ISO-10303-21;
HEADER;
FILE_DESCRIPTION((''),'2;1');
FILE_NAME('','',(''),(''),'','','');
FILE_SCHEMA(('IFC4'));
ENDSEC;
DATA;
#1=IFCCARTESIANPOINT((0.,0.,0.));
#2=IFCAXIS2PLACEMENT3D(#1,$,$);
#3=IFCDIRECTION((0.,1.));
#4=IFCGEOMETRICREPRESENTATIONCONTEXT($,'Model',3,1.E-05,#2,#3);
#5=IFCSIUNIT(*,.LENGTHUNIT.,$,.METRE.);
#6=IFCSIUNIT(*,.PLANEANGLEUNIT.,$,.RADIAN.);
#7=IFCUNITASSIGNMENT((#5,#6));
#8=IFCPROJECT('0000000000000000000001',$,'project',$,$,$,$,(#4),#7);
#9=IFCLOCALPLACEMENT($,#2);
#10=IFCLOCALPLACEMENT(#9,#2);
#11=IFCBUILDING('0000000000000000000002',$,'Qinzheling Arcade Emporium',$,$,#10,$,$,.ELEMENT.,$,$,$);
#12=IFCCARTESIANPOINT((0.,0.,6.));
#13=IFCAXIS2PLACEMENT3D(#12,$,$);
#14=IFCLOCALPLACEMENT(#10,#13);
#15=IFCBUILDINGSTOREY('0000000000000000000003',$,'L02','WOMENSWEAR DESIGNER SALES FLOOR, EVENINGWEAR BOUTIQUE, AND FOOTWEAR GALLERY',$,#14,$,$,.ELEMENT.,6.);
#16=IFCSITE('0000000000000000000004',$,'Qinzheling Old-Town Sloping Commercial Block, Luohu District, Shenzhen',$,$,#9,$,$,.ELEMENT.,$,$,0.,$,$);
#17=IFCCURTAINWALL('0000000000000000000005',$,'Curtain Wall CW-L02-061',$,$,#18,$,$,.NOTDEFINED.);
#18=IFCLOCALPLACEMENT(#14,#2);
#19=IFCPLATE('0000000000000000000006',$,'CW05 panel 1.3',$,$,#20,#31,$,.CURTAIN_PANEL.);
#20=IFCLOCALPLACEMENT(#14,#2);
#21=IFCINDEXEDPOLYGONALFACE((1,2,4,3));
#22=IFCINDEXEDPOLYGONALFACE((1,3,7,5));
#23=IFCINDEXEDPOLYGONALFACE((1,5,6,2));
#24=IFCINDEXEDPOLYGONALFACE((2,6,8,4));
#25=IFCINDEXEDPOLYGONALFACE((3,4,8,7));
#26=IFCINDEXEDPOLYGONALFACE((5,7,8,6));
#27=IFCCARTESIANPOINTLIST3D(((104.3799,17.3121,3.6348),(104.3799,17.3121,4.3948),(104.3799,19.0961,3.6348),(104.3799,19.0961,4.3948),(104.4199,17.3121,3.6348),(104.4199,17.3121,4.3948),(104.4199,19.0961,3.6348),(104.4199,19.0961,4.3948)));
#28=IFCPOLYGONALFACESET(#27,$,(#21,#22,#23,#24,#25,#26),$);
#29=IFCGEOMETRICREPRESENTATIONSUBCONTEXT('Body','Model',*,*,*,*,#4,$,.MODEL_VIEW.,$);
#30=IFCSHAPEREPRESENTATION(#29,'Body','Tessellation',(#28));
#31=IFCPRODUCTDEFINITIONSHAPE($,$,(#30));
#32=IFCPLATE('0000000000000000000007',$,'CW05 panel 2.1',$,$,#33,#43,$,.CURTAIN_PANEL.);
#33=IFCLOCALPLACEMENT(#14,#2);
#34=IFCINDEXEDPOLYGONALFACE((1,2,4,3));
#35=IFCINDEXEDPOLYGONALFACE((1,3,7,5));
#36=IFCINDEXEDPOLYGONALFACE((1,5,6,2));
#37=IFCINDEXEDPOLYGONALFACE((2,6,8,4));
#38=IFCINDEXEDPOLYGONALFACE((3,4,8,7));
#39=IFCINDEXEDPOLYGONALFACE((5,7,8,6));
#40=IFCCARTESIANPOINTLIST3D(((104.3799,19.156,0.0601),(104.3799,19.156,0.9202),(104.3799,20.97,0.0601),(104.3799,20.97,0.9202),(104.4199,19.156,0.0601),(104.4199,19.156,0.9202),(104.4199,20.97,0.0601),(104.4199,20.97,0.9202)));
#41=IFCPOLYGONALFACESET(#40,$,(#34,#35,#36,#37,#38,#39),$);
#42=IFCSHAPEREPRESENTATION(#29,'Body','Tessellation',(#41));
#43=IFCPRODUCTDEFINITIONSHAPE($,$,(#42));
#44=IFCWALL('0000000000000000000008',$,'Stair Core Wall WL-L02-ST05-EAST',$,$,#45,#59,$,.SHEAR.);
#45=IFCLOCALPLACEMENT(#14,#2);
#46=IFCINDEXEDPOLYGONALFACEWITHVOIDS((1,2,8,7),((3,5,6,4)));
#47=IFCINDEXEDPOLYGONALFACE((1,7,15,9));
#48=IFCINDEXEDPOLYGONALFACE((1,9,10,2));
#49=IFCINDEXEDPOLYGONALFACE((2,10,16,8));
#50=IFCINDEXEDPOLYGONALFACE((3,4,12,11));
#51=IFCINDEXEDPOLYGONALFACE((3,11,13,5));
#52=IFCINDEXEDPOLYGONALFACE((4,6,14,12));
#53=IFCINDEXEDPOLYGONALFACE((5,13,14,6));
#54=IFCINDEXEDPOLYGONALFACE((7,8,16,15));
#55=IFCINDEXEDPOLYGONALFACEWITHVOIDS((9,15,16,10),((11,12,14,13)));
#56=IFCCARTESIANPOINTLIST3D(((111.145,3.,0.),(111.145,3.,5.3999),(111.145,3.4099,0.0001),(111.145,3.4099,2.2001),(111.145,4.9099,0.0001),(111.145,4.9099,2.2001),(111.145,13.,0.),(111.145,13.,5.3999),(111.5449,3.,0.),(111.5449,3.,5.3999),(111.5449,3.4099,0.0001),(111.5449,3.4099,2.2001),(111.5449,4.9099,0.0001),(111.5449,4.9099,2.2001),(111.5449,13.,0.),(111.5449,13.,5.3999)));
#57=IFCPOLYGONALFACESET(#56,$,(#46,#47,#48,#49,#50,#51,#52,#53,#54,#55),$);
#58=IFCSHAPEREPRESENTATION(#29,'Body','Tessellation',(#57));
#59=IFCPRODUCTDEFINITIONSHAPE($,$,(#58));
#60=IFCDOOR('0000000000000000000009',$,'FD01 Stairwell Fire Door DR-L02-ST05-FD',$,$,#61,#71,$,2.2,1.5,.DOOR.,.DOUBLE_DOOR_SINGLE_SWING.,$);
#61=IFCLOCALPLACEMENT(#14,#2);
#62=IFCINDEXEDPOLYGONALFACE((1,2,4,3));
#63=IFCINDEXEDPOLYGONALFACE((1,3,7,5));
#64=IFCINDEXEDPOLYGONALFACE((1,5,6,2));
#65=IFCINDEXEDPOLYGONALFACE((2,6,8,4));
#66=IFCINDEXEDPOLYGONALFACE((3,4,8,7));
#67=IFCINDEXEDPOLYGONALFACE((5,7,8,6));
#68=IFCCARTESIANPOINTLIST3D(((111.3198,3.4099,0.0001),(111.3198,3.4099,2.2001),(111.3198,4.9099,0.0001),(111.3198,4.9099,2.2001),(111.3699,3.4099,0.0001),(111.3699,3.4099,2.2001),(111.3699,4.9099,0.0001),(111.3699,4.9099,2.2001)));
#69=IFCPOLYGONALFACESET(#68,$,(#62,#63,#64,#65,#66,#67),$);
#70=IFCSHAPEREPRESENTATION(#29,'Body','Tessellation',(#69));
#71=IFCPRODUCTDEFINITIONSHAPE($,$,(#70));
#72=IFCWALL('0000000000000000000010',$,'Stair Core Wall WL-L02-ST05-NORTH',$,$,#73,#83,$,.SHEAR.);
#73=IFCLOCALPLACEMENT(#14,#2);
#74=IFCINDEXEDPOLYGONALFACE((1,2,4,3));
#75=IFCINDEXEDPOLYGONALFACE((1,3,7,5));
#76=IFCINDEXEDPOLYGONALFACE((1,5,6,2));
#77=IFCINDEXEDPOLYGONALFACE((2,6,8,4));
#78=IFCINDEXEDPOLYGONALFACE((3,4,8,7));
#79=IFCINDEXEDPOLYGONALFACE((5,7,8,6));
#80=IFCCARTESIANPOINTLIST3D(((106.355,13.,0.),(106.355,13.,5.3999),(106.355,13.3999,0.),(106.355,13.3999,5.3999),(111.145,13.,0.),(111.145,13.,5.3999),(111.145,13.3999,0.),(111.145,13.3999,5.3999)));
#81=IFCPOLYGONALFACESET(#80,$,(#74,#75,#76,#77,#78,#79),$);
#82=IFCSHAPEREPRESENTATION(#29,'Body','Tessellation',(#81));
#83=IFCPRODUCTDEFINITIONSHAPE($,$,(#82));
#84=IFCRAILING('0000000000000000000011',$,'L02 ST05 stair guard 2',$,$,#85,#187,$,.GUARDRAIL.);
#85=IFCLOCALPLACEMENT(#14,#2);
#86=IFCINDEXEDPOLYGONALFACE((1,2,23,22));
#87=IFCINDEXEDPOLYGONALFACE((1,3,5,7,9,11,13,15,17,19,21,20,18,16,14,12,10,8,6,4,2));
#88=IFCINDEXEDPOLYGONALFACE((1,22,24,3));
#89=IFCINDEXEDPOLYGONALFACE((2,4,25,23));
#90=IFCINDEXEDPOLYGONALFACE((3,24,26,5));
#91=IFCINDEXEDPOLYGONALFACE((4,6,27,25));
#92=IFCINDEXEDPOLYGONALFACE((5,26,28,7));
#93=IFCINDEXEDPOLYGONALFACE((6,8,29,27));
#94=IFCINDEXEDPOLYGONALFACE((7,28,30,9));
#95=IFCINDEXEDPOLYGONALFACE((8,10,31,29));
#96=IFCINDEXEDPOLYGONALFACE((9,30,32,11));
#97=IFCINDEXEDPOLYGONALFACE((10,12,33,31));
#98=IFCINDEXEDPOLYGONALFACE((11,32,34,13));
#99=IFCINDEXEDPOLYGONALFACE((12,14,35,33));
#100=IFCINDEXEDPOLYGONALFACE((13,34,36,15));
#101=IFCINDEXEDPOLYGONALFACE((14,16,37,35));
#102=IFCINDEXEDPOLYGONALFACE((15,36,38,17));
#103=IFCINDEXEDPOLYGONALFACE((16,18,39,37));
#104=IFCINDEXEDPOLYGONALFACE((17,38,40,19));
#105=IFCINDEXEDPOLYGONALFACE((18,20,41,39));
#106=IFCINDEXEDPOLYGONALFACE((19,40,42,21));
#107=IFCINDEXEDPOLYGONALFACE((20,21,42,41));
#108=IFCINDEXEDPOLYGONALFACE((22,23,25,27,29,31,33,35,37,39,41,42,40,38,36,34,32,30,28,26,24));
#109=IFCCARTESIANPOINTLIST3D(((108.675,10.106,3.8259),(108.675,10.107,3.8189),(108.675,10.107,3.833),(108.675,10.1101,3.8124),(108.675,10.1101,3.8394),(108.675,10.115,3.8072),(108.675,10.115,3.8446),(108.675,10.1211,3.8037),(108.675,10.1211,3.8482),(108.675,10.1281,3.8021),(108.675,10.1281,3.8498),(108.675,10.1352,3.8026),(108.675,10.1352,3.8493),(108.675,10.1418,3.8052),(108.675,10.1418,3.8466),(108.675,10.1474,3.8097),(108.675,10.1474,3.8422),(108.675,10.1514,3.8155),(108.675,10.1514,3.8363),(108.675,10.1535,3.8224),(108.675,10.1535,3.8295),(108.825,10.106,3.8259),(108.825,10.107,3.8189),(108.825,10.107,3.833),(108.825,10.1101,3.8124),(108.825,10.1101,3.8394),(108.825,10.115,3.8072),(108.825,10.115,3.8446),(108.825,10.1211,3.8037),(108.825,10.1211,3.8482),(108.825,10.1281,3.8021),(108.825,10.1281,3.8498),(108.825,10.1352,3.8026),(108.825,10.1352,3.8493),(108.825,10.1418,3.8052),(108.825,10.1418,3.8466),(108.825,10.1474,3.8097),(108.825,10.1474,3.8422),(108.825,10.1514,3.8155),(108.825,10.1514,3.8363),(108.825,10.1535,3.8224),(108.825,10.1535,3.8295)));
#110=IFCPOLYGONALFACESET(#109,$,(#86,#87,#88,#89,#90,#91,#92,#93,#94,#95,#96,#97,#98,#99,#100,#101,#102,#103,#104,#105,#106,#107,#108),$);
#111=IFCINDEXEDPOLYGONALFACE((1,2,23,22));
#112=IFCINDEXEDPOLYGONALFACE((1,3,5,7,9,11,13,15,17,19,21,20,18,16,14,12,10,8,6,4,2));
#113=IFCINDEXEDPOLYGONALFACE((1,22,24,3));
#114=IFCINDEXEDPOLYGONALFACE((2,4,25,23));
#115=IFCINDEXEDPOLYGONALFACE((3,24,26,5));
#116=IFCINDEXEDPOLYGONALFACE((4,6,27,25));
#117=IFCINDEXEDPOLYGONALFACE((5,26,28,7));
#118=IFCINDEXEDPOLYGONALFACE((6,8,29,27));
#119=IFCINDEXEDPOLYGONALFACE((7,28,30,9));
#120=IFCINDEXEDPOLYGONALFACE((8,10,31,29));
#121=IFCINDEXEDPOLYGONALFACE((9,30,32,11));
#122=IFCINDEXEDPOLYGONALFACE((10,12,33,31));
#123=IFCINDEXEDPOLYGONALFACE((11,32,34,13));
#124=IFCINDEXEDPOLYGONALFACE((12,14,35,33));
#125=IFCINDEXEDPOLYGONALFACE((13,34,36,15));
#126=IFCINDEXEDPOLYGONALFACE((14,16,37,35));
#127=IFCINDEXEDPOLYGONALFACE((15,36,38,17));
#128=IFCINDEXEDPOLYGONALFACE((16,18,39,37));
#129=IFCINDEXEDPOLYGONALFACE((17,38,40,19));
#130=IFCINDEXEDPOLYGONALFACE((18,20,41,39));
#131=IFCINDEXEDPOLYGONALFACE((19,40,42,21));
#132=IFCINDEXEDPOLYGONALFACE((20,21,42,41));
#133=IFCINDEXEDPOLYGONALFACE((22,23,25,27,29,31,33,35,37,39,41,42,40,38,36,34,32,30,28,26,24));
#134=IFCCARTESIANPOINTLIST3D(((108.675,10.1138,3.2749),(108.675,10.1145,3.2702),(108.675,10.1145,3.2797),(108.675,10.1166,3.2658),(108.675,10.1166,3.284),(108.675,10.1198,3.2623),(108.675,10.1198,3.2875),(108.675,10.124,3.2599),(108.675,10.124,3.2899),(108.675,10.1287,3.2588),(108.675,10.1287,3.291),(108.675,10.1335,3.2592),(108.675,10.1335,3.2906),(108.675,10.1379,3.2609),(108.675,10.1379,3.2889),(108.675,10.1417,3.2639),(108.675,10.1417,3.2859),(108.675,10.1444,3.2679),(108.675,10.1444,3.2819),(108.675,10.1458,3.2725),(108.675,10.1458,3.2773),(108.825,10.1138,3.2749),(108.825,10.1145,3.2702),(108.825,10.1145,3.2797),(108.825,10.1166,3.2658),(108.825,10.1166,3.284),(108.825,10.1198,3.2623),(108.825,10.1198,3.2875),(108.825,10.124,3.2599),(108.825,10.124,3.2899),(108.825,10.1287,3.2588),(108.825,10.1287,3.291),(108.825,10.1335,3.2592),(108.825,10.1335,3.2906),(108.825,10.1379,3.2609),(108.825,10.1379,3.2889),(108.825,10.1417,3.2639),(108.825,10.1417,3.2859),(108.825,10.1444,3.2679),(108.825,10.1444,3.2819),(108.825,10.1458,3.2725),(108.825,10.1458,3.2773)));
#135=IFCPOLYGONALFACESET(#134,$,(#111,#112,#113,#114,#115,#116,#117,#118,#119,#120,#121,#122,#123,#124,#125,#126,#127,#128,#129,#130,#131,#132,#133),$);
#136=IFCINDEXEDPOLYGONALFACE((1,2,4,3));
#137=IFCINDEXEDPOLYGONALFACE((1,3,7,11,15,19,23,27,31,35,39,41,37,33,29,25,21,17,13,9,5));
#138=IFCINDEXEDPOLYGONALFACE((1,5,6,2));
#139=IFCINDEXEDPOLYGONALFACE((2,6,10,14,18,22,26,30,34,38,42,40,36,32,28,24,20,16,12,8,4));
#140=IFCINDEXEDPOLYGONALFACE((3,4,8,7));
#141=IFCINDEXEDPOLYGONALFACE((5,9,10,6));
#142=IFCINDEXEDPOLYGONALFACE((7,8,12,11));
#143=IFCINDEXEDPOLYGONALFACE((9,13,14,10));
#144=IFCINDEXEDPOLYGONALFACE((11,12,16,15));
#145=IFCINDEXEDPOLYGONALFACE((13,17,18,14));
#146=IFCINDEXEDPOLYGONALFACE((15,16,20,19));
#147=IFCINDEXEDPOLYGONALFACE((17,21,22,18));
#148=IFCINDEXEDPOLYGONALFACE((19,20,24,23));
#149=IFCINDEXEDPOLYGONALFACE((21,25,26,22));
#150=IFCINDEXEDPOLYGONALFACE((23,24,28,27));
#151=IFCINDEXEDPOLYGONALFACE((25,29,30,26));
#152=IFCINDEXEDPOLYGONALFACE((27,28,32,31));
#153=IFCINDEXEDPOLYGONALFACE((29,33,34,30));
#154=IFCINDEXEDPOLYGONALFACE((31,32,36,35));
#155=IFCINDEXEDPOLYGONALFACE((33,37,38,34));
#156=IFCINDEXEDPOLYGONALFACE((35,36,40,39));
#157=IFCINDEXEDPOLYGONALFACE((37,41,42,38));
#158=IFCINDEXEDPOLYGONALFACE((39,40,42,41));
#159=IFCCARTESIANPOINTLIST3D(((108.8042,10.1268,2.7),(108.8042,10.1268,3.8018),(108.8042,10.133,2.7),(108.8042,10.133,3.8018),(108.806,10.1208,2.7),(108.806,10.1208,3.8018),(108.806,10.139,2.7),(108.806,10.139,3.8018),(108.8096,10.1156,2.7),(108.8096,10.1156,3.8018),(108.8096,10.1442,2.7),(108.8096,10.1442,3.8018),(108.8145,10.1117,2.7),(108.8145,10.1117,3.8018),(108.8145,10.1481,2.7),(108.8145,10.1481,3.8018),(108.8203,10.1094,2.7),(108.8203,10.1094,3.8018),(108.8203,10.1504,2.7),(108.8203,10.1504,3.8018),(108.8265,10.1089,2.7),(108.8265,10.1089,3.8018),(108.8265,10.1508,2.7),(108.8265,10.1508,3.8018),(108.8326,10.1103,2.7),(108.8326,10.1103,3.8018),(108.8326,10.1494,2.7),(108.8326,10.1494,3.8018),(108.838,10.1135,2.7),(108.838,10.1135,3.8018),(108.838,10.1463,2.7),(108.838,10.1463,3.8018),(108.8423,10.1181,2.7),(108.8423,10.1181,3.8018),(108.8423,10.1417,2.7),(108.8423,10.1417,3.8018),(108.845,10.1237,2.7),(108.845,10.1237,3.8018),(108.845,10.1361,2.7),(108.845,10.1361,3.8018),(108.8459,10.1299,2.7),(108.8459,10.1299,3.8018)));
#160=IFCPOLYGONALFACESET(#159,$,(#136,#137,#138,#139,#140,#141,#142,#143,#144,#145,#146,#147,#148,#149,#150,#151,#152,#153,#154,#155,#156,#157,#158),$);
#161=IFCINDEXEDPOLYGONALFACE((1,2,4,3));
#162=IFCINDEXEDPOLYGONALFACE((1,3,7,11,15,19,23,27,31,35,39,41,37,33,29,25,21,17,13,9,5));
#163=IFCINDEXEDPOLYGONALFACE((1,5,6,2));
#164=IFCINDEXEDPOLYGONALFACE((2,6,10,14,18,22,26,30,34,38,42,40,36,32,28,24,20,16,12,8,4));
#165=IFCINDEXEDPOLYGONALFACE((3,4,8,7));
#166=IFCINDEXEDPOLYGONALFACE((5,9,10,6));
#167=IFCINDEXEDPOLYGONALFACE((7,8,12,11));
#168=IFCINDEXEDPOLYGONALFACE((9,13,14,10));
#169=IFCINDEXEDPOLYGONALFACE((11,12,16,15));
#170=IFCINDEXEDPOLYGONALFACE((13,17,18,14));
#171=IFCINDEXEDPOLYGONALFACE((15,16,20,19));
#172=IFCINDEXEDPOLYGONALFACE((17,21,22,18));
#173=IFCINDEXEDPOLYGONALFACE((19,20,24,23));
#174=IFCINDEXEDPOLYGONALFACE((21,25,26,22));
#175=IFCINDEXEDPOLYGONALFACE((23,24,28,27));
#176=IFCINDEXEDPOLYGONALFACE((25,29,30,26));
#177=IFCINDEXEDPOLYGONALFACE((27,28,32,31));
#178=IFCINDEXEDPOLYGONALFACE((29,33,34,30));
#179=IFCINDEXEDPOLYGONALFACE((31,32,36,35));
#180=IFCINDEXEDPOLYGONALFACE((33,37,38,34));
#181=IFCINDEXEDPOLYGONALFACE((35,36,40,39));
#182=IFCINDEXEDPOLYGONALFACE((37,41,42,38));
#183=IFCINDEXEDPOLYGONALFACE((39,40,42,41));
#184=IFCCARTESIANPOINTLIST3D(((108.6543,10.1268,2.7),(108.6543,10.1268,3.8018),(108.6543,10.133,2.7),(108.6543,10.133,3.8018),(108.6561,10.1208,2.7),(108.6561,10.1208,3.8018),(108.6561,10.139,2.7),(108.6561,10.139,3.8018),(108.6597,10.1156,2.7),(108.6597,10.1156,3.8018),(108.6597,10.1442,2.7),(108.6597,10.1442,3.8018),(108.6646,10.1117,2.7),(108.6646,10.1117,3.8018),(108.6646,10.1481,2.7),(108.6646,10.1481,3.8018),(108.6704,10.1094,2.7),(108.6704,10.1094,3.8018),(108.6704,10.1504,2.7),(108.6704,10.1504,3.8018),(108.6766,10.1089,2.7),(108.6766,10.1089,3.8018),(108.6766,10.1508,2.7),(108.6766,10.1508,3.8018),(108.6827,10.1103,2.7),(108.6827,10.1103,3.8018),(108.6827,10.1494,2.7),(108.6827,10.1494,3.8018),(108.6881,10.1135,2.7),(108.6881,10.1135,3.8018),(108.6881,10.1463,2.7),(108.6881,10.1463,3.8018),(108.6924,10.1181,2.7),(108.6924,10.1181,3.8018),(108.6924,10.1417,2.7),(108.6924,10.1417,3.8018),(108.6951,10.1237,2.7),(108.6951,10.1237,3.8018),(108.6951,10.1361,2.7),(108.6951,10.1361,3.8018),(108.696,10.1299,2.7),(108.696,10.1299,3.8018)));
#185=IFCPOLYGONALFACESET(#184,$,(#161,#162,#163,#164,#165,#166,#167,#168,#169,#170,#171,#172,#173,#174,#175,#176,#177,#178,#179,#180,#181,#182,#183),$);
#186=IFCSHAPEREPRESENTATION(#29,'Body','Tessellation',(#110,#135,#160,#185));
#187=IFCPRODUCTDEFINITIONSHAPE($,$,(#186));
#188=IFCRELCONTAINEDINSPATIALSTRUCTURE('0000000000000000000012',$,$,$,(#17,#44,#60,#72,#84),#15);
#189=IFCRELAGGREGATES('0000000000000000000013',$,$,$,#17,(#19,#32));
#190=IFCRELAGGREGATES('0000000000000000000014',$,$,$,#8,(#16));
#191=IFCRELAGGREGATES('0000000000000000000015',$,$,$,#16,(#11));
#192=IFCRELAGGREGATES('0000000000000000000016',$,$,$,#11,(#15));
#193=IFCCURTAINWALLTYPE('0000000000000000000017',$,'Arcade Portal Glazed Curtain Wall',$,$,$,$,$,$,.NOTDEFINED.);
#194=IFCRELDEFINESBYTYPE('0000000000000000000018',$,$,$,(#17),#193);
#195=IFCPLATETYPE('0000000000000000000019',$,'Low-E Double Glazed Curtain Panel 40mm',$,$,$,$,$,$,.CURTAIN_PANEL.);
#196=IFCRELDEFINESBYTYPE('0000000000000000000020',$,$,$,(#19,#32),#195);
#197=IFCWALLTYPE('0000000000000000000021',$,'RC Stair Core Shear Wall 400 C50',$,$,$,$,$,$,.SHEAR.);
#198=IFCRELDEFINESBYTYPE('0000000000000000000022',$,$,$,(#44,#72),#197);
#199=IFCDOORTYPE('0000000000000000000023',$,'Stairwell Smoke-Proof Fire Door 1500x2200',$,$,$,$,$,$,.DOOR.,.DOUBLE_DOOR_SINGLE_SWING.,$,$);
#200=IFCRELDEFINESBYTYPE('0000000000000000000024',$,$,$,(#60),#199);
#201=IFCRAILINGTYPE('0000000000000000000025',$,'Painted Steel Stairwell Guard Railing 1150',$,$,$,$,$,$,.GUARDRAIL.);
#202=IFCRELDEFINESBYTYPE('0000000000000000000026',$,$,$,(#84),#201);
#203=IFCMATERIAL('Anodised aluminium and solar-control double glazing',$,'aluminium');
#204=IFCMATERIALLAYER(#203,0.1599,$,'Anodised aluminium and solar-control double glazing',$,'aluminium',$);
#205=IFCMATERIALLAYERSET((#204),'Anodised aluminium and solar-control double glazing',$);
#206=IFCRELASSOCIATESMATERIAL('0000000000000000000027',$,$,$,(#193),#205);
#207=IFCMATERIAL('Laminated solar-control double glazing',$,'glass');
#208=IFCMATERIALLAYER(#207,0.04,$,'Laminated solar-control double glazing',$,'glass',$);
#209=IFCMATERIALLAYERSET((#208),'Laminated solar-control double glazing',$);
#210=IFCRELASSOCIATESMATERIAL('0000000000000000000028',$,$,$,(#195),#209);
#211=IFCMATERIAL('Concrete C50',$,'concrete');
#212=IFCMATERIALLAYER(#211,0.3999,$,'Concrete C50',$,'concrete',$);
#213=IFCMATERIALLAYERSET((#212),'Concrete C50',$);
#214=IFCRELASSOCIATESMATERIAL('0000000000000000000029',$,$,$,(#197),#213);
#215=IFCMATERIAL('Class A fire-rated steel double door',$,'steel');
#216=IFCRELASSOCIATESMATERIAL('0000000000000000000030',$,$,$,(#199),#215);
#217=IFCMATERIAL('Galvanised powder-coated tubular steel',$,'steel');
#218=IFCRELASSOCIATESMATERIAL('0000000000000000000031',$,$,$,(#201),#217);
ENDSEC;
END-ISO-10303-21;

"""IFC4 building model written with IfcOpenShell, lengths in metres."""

from ifc_helpers import new_model, si_unit, direction, frame, frame_2d, origin, origin_2d, place, context, subcontext, project, spatial, rectangle, circle, extrude, material, layer, layer_set, type_object, element, fill, aggregate, save


model = new_model("IFC4")

# Units and contexts
model_context = context("Model", 3, precision=1e-05, world=origin(), true_north=direction((0.0, 1.0)))
body_context = subcontext(model_context, "Body", "Model", "MODEL_VIEW")
ifc_project = project(units=[si_unit("LENGTHUNIT", "METRE"), si_unit("PLANEANGLEUNIT", "RADIAN")], contexts=[model_context])

# Site, building, storey
site_placement = place(None, origin())
site = spatial("IfcSite", under=ifc_project, at=site_placement, Name="Qinzheling Old-Town Sloping Commercial Block, Luohu District, Shenzhen", CompositionType="ELEMENT", RefElevation=0.0)
building_placement = place(site_placement, origin())
building = spatial("IfcBuilding", under=site, at=building_placement, Name="Qinzheling Arcade Emporium", CompositionType="ELEMENT")
storey_placement = place(building_placement, frame((0.0, 0.0, 6.0)))
storey = spatial("IfcBuildingStorey", under=building, at=storey_placement, Name="L02", Description="WOMENSWEAR DESIGNER SALES FLOOR, EVENINGWEAR BOUTIQUE, AND FOOTWEAR GALLERY", CompositionType="ELEMENT", Elevation=6.0)

# Shared definitions
ifc_material_1 = material(Name="Concrete C50", Category="concrete")

# Curtain wall
ifc_material_2 = material(Name="Anodised aluminium and solar-control double glazing", Category="aluminium")
ifc_layer_1 = layer(ifc_material_2, 0.1599, Name="Anodised aluminium and solar-control double glazing", Category="aluminium")
ifc_layer_set_1 = layer_set([ifc_layer_1], Name="Anodised aluminium and solar-control double glazing")
curtain_wall_type = type_object("IfcCurtainWallType", Name="Arcade Portal Glazed Curtain Wall", PredefinedType="NOTDEFINED", material=ifc_layer_set_1)
curtain_wall_placement = place(storey_placement, origin())
curtain_wall = element("IfcCurtainWall", 1, at=curtain_wall_placement, inside=storey, type_object=curtain_wall_type, Name="Curtain Wall CW-L02-061", PredefinedType="NOTDEFINED")

# Plates
ifc_material_3 = material(Name="Laminated solar-control double glazing", Category="glass")
ifc_layer_2 = layer(ifc_material_3, 0.04, Name="Laminated solar-control double glazing", Category="glass")
ifc_layer_set_2 = layer_set([ifc_layer_2], Name="Laminated solar-control double glazing")
plate_type = type_object("IfcPlateType", Name="Low-E Double Glazed Curtain Panel 40mm", PredefinedType="CURTAIN_PANEL", material=ifc_layer_set_2)
plate_1_placement = place(storey_placement, frame((104.3999, 18.2041, 3.6348), z_axis=(0.0, 0.0, 1.0), x_axis=(0.0, 1.0, 0.0)))
plate_1 = element("IfcPlate", 2, at=plate_1_placement, type_object=plate_type, Name="CW05 panel 1.3", PredefinedType="CURTAIN_PANEL", context=body_context, shape_type="SweptSolid", body=[
    extrude(rectangle(XDim=1.7839, YDim=0.04, at=origin_2d()), origin(), (0.0, 0.0, 1.0), 0.76),
])
plate_2_placement = place(storey_placement, frame((104.3999, 20.063, 0.0601), z_axis=(0.0, 0.0, 1.0), x_axis=(0.0, 1.0, 0.0)))
plate_2 = element("IfcPlate", 3, at=plate_2_placement, type_object=plate_type, Name="CW05 panel 2.1", PredefinedType="CURTAIN_PANEL", context=body_context, shape_type="SweptSolid", body=[
    extrude(rectangle(XDim=1.814, YDim=0.04, at=origin_2d()), origin(), (0.0, 0.0, 1.0), 0.8601),
])
aggregate(curtain_wall, [plate_1, plate_2])

# Wall, opening, door
ifc_layer_3 = layer(ifc_material_1, 0.3999, Name="Concrete C50", Category="concrete")
ifc_layer_set_3 = layer_set([ifc_layer_3], Name="Concrete C50")
wall_type = type_object("IfcWallType", Name="RC Stair Core Shear Wall 400 C50", PredefinedType="SHEAR", material=ifc_layer_set_3)
wall_1_placement = place(storey_placement, frame((111.345, 13.0, 0.0), z_axis=(0.0, 0.0, 1.0), x_axis=(0.0, -1.0, 0.0)))
wall_1 = element("IfcWall", 4, at=wall_1_placement, inside=storey, type_object=wall_type, Name="Stair Core Wall WL-L02-ST05-EAST", PredefinedType="SHEAR", context=body_context, shape_type="SweptSolid", body=[
    extrude(rectangle(XDim=10.0, YDim=0.3999, at=frame_2d((5.0, 0.0))), origin(), (0.0, 0.0, 1.0), 5.3999),
])
opening_placement = place(wall_1_placement, frame((8.0901, 0.0, 0.0)))
opening = element("IfcOpeningElement", 5, at=opening_placement, cuts=wall_1, PredefinedType="OPENING", context=body_context, shape_type="SweptSolid", body=[
    extrude(rectangle(XDim=1.5, YDim=2.2, at=frame_2d((0.75, 1.1001))), frame((0.0, 0.21, 0.0), z_axis=(0.0, -1.0, 0.0), x_axis=(1.0, 0.0, 0.0)), (0.0, 0.0, 1.0), 0.4199),
])
ifc_material_4 = material(Name="Class A fire-rated steel double door", Category="steel")
door_type = type_object("IfcDoorType", Name="Stairwell Smoke-Proof Fire Door 1500x2200", OperationType="DOUBLE_DOOR_SINGLE_SWING", PredefinedType="DOOR", material=ifc_material_4)
door_placement = place(opening_placement, origin())
door = element("IfcDoor", 6, at=door_placement, inside=storey, type_object=door_type, Name="FD01 Stairwell Fire Door DR-L02-ST05-FD", OperationType="DOUBLE_DOOR_SINGLE_SWING", OverallHeight=2.2, OverallWidth=1.5, PredefinedType="DOOR", context=body_context, shape_type="SweptSolid", body=[
    extrude(rectangle(XDim=1.5, YDim=2.2, at=frame_2d((0.75, 1.1001))), frame((0.0, 0.0249, 0.0), z_axis=(0.0, -1.0, 0.0), x_axis=(1.0, 0.0, 0.0)), (0.0, 0.0, 1.0), 0.05),
])
fill(opening, door)

# Wall
wall_2_placement = place(storey_placement, frame((106.355, 13.2, 0.0), z_axis=(0.0, 0.0, 1.0), x_axis=(1.0, 0.0, 0.0)))
element("IfcWall", 7, at=wall_2_placement, inside=storey, type_object=wall_type, Name="Stair Core Wall WL-L02-ST05-NORTH", PredefinedType="SHEAR", context=body_context, shape_type="SweptSolid", body=[
    extrude(rectangle(XDim=4.79, YDim=0.3999, at=frame_2d((2.395, 0.0))), origin(), (0.0, 0.0, 1.0), 5.3999),
])

# Railing
ifc_material_5 = material(Name="Galvanised powder-coated tubular steel", Category="steel")
railing_type = type_object("IfcRailingType", Name="Painted Steel Stairwell Guard Railing 1150", PredefinedType="GUARDRAIL", material=ifc_material_5)
railing_1_placement = place(storey_placement, frame((108.825, 10.1299, 2.7)))
element("IfcRailing", 8, at=railing_1_placement, inside=storey, type_object=railing_type, Name="L02 ST05 stair guard 2", PredefinedType="GUARDRAIL", context=body_context, shape_type="SweptSolid", body=[
    extrude(circle(Radius=0.0239, at=origin_2d()), frame((0.0, 0.0, 1.126), z_axis=(-1.0, 0.0, 0.0), x_axis=(0.0, -1.0, 0.0)), (0.0, 0.0, 1.0), 0.1499),
    extrude(circle(Radius=0.0161, at=origin_2d()), frame((0.0, 0.0, 0.575), z_axis=(-1.0, 0.0, 0.0), x_axis=(0.0, -1.0, 0.0)), (0.0, 0.0, 1.0), 0.1499),
    extrude(circle(Radius=0.021, at=origin_2d()), origin(), (0.0, 0.0, 1.0), 1.1018),
    extrude(circle(Radius=0.021, at=origin_2d()), frame((-0.1499, 0.0, 0.0)), (0.0, 0.0, 1.0), 1.1018),
])

save(model, "model.ifc")
